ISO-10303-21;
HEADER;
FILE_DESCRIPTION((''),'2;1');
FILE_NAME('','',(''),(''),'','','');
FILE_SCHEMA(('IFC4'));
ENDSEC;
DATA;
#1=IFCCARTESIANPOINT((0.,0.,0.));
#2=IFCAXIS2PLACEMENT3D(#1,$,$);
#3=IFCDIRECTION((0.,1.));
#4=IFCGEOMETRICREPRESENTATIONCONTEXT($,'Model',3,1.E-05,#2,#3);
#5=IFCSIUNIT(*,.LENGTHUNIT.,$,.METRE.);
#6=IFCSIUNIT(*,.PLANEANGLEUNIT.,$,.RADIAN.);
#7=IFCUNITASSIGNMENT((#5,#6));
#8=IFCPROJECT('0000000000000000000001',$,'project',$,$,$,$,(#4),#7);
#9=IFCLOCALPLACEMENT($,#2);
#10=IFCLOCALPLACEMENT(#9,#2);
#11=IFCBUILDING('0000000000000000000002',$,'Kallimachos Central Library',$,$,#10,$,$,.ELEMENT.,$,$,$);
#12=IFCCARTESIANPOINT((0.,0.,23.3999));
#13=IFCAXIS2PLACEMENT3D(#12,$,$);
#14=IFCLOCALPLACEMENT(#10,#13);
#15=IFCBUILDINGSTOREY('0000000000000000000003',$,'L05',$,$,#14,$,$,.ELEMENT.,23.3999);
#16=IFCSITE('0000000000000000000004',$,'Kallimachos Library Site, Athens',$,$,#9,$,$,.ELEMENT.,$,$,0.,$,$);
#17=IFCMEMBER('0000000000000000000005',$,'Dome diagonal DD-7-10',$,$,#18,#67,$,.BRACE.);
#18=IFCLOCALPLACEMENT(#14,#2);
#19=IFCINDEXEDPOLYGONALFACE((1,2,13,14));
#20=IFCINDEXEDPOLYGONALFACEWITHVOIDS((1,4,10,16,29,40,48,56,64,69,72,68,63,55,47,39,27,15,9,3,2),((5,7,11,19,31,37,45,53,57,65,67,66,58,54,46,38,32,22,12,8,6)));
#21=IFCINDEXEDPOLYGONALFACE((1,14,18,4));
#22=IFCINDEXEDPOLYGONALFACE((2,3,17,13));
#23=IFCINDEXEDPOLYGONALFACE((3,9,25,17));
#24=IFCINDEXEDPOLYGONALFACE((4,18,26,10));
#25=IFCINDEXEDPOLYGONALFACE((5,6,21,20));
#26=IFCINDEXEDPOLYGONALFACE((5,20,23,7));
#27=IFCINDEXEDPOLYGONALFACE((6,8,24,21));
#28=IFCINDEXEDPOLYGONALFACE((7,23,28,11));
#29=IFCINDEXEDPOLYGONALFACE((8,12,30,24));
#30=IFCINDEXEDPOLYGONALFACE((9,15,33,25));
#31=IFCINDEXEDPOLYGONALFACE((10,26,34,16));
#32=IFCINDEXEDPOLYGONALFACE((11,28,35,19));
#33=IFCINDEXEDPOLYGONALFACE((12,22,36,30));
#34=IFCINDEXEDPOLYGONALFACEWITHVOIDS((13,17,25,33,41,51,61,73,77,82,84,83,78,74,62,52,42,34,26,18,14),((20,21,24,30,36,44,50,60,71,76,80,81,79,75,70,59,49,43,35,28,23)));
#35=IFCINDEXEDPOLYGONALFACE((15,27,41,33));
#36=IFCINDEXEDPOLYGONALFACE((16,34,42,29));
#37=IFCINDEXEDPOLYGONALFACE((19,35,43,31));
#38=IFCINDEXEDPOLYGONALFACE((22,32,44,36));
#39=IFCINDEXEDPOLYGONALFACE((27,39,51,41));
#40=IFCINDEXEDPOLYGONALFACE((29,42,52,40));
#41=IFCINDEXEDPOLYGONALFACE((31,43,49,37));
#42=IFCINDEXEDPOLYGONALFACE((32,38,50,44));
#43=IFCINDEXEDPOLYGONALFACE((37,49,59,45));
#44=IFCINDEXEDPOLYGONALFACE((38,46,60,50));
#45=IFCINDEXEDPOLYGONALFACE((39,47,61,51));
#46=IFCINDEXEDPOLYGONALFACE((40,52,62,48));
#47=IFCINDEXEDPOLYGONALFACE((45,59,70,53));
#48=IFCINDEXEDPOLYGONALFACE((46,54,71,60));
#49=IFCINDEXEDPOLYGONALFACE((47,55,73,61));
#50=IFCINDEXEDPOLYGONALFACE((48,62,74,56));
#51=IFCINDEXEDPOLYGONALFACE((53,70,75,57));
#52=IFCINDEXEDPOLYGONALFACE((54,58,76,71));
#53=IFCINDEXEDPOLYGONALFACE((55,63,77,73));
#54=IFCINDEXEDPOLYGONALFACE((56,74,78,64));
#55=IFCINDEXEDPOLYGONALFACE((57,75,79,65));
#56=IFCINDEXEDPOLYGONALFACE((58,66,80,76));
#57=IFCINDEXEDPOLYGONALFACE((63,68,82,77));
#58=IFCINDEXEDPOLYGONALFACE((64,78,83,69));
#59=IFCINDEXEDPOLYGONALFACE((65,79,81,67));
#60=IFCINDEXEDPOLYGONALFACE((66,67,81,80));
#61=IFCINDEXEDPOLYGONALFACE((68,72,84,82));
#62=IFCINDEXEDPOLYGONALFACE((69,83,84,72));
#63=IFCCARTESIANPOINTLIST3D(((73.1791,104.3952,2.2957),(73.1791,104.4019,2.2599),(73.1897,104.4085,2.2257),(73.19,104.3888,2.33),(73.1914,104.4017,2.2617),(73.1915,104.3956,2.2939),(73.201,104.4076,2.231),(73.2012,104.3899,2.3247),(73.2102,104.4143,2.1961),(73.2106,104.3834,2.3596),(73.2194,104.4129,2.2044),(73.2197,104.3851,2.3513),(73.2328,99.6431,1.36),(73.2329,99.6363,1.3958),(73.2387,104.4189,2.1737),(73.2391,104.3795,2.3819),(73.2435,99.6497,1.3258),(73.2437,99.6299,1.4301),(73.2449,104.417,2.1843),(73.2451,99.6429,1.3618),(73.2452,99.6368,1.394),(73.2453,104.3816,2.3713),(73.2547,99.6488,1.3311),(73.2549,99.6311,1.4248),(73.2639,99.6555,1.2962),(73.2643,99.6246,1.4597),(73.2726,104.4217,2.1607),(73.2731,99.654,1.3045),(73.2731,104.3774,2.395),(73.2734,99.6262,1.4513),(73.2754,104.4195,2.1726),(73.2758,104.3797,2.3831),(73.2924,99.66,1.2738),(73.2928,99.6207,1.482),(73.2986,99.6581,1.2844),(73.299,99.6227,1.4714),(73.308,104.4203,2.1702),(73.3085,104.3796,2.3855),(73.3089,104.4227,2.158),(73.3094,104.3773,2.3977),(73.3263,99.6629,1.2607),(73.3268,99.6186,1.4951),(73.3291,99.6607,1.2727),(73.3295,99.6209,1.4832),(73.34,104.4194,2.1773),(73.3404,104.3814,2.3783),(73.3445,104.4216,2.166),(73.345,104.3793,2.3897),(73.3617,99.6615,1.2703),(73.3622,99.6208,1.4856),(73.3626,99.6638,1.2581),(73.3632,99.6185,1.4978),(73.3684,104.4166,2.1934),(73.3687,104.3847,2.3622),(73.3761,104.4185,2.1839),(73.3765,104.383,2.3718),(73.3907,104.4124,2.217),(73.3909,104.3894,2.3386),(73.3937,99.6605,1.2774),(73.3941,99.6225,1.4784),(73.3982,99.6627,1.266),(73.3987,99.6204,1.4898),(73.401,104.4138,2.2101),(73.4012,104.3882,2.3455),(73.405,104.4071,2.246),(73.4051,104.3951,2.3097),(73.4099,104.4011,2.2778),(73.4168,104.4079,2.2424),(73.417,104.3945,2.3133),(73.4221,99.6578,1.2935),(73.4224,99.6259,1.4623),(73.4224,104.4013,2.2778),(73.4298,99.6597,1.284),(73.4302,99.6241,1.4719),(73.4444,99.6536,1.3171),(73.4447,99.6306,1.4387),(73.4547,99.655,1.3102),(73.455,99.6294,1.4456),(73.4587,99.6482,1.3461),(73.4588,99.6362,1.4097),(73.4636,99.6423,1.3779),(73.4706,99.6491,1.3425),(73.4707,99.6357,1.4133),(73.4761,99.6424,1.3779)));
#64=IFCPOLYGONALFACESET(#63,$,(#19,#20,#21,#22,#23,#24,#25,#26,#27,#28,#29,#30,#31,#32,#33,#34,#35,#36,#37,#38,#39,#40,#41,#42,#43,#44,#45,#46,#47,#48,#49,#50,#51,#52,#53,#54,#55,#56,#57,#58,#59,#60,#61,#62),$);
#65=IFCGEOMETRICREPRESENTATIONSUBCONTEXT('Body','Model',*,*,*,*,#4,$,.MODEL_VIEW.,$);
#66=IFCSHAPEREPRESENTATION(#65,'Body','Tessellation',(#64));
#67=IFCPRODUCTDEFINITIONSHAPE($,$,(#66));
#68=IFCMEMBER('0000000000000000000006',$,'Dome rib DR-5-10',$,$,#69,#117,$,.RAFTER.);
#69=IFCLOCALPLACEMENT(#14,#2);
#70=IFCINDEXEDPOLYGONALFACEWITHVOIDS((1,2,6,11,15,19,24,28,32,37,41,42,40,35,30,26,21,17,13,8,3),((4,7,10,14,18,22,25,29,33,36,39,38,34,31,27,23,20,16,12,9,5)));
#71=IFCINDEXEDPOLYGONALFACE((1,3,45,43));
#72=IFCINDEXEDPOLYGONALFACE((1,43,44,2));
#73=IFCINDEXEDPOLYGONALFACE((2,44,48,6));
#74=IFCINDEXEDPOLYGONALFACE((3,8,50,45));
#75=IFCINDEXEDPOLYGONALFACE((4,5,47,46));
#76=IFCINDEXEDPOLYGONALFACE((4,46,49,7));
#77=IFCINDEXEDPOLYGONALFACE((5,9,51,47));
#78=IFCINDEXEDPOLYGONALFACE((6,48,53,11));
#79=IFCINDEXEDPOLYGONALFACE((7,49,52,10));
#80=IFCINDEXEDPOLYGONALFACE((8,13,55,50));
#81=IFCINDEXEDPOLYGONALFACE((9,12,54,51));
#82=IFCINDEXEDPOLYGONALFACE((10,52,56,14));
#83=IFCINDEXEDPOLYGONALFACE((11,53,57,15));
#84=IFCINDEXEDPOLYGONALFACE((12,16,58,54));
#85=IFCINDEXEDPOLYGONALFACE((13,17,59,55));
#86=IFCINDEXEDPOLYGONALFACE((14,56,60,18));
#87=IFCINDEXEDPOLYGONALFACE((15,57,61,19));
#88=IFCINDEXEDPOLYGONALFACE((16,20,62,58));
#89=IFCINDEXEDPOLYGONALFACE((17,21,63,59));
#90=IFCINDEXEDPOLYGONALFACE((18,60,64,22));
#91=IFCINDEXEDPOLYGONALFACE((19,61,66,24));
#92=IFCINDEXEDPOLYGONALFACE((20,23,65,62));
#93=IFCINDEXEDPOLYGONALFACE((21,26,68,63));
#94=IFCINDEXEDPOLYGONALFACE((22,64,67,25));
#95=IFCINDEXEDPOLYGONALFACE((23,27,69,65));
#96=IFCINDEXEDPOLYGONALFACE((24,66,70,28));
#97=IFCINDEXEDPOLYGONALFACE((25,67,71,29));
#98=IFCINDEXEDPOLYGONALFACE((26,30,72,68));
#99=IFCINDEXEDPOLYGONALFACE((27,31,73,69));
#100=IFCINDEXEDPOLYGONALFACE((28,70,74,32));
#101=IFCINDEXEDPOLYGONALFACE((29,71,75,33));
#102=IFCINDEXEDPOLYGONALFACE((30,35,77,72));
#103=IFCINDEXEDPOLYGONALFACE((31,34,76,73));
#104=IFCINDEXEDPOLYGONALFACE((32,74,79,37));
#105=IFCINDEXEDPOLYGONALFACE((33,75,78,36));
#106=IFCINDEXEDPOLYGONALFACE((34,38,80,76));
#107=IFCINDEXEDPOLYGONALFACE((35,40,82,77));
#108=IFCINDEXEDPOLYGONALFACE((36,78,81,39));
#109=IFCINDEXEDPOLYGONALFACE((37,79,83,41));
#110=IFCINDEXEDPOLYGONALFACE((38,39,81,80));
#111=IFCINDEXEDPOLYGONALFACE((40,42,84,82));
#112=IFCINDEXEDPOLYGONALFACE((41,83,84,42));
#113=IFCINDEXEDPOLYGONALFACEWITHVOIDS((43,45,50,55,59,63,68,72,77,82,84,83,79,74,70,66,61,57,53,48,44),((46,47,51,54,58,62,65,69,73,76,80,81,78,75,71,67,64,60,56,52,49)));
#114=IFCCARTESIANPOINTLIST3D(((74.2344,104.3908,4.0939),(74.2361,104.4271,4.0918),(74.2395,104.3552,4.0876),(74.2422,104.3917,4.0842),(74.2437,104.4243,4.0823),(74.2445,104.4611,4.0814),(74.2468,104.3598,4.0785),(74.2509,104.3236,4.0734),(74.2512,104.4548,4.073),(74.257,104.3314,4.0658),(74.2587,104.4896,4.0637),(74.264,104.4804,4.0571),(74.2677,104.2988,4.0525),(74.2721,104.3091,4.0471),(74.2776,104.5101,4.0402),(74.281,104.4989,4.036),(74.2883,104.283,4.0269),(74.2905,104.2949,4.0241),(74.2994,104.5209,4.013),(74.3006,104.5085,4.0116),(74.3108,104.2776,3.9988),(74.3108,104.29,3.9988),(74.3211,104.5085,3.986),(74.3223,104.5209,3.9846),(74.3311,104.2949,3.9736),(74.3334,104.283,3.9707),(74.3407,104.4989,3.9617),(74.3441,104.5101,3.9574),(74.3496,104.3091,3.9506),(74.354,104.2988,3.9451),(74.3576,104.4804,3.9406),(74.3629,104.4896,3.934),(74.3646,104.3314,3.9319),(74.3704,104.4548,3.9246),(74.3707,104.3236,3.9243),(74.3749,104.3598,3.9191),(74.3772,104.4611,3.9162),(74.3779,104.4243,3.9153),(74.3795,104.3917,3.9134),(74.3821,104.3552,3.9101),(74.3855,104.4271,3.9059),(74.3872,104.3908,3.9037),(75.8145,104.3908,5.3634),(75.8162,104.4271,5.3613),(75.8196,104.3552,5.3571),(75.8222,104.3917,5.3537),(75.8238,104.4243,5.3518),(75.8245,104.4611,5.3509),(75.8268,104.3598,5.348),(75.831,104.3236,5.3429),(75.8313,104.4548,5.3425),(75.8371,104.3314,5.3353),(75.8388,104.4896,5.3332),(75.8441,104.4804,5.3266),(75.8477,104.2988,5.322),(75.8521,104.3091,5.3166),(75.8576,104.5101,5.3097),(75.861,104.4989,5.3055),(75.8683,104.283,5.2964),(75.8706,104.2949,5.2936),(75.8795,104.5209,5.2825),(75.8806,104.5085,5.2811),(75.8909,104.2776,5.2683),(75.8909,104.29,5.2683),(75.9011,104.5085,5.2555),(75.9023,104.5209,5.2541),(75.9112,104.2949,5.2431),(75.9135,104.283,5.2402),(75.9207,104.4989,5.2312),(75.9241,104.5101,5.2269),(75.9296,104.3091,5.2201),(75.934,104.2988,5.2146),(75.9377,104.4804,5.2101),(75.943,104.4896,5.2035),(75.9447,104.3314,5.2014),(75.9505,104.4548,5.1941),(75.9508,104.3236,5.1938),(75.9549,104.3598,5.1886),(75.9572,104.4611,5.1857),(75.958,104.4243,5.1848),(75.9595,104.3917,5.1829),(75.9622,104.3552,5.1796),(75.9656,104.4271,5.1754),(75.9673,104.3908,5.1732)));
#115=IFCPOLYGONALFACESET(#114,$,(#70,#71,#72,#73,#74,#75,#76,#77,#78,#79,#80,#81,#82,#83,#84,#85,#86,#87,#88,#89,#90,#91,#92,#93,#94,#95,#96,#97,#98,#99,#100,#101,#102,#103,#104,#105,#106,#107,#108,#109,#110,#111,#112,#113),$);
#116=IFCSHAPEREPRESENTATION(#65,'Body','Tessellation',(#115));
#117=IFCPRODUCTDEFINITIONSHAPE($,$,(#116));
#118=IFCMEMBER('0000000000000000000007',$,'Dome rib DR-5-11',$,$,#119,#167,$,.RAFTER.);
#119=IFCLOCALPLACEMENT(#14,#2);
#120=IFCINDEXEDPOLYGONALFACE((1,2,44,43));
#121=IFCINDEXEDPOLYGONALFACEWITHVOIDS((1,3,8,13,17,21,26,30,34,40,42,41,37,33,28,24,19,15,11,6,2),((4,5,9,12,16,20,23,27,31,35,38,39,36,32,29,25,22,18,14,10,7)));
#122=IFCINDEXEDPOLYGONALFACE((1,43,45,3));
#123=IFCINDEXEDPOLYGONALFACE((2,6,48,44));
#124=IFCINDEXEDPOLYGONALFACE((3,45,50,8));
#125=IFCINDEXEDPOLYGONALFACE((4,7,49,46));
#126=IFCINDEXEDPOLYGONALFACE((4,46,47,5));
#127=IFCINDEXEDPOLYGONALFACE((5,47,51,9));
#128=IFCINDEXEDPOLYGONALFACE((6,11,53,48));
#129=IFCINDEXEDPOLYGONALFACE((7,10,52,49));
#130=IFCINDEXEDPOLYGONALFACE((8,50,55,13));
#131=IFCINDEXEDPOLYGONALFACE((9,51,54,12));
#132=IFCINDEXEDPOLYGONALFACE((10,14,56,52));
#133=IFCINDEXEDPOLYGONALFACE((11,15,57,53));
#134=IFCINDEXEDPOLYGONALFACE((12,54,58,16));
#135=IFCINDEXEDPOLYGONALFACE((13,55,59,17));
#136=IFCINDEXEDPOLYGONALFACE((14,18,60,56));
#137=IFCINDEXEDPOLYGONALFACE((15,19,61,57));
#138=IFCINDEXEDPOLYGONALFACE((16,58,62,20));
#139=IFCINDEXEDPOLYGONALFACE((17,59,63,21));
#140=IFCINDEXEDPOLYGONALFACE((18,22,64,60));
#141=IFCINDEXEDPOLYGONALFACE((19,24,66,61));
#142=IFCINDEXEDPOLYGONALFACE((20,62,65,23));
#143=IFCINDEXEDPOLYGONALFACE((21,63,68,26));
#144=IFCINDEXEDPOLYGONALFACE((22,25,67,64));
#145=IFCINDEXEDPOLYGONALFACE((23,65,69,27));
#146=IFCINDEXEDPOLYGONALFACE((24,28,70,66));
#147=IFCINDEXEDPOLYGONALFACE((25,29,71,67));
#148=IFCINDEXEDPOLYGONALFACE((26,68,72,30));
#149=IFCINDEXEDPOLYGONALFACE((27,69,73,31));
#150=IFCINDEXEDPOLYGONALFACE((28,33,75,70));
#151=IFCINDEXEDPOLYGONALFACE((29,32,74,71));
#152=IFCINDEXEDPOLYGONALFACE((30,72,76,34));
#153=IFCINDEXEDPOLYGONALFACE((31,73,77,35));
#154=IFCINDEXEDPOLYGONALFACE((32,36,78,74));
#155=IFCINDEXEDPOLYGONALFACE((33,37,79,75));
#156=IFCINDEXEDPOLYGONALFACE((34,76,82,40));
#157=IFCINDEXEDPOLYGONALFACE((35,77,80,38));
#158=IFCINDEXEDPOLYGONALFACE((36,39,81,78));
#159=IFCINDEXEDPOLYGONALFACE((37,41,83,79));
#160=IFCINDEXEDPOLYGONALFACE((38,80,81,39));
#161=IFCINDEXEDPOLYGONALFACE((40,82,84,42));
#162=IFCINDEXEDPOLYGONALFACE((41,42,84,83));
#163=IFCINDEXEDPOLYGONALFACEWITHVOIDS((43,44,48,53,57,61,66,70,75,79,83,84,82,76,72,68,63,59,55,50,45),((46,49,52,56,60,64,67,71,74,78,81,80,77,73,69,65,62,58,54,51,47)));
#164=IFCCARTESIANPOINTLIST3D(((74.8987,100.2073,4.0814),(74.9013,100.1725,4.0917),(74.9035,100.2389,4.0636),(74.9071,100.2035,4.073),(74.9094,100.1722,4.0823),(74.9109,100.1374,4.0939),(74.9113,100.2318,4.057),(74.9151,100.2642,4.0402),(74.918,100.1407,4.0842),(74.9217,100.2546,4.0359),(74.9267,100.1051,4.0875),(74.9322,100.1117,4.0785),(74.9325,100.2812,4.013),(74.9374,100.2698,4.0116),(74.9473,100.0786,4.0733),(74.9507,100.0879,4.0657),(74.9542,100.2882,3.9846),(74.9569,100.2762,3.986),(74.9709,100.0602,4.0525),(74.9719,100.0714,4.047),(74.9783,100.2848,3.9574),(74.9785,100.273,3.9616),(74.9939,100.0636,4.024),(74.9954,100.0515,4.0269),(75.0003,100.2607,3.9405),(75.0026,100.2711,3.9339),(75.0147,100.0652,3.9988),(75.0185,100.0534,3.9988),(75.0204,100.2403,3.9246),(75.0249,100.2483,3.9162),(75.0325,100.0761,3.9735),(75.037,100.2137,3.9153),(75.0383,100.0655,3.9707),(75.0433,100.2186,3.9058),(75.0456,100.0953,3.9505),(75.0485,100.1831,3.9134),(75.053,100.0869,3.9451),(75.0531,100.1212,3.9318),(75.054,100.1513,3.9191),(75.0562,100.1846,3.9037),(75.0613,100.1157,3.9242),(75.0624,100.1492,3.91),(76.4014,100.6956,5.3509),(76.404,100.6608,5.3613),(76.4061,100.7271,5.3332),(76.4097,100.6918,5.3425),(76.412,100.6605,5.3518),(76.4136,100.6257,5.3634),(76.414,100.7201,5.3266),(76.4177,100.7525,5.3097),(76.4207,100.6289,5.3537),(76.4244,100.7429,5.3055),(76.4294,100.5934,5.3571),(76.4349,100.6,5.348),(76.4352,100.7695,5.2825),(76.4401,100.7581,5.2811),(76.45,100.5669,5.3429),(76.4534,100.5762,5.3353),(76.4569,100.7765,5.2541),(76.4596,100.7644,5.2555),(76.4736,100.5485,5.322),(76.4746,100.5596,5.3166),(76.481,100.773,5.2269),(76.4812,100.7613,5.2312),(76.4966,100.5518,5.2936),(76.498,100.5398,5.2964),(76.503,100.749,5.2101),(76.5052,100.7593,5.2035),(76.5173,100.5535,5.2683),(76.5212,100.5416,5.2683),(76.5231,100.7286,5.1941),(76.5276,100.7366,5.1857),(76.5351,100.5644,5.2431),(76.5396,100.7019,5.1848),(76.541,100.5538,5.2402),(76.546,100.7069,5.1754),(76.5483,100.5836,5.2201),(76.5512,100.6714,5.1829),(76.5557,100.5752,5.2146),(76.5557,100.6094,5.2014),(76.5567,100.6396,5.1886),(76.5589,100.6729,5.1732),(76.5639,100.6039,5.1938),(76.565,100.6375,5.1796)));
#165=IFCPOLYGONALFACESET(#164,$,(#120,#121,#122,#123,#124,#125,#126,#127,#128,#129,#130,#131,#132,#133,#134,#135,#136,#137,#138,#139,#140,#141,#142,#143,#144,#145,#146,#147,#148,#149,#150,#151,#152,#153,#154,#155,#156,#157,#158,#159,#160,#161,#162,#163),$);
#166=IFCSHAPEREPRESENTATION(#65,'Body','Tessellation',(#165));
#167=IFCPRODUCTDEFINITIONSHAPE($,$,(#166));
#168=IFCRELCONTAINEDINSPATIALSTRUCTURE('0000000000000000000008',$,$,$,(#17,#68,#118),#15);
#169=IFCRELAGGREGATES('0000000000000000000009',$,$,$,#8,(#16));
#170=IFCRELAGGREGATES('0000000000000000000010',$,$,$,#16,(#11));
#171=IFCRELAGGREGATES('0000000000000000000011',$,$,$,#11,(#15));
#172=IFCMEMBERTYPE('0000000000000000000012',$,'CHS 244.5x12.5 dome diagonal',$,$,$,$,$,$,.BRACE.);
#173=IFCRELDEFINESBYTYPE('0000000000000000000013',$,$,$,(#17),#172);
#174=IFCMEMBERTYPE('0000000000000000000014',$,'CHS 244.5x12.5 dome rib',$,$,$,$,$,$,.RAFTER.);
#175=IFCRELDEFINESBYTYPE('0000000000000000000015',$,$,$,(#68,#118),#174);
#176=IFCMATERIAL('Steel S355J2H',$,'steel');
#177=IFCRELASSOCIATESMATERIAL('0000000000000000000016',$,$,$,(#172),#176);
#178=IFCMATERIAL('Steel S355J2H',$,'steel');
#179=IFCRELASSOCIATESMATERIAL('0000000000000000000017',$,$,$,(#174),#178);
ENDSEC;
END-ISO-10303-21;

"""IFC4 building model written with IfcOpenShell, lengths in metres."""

from ifc_helpers import new_model, si_unit, direction, frame, origin, origin_2d, place, context, subcontext, project, spatial, hollow_circle, extrude, material, material_profile, profile_set, type_object, element, save


model = new_model("IFC4")

# Units and contexts
model_context = context("Model", 3, precision=1e-05, world=origin(), true_north=direction((0.0, 1.0)))
body_context = subcontext(model_context, "Body", "Model", "MODEL_VIEW")
ifc_project = project(units=[si_unit("LENGTHUNIT", "METRE"), si_unit("PLANEANGLEUNIT", "RADIAN")], contexts=[model_context])

# Site, building, storey
site_placement = place(None, origin())
site = spatial("IfcSite", under=ifc_project, at=site_placement, Name="Kallimachos Library Site, Athens", CompositionType="ELEMENT", RefElevation=0.0)
building_placement = place(site_placement, origin())
building = spatial("IfcBuilding", under=site, at=building_placement, Name="Kallimachos Central Library", CompositionType="ELEMENT")
storey_placement = place(building_placement, frame((0.0, 0.0, 23.3999)))
storey = spatial("IfcBuildingStorey", under=building, at=storey_placement, Name="L05", CompositionType="ELEMENT", Elevation=23.3999)

# Members
ifc_material_1 = material(Name="Steel S355J2H", Category="steel")
ifc_material_profile_1 = material_profile(ifc_material_1, hollow_circle(Radius=0.1223, WallThickness=0.0125, at=origin_2d()), Name="CHS 244.5x12.5")
ifc_profile_set_1 = profile_set([ifc_material_profile_1], Name="Steel S355J2H")
member_type_1 = type_object("IfcMemberType", Name="CHS 244.5x12.5 dome diagonal", PredefinedType="BRACE", material=ifc_profile_set_1)
member_1_placement = place(storey_placement, frame((73.3, 104.3999, 2.2778), z_axis=(0.011089, -0.982525, -0.185799), x_axis=(0.999936, 0.011286, 0.0)))
element("IfcMember", 1, at=member_1_placement, inside=storey, type_object=member_type_1, Name="Dome diagonal DD-7-10", PredefinedType="BRACE", context=body_context, shape_type="SweptSolid", body=[
    extrude(hollow_circle(Radius=0.1223, WallThickness=0.0125, at=origin_2d()), origin(), (0.0, 0.0, 1.0), 4.8435),
])
ifc_material_2 = material(Name="Steel S355J2H", Category="steel")
ifc_material_profile_2 = material_profile(ifc_material_2, hollow_circle(Radius=0.1223, WallThickness=0.0125, at=origin_2d()), Name="CHS 244.5x12.5")
ifc_profile_set_2 = profile_set([ifc_material_profile_2], Name="Steel S355J2H")
member_type_2 = type_object("IfcMemberType", Name="CHS 244.5x12.5 dome rib", PredefinedType="RAFTER", material=ifc_profile_set_2)
for number, where, z_axis, x_axis, name in (
    (2, (75.8909, 104.3999, 5.2683), (-0.779551, 0.0, -0.626339), (0.0, -1.0, 0.0), "Dome rib DR-5-10"),
    (3, (76.4834, 100.658, 5.2683), (-0.741383, -0.240904, -0.626351), (0.309034, -0.951051, 0.0), "Dome rib DR-5-11"),
):
    element("IfcMember", number, at=place(storey_placement, frame(where, z_axis=z_axis, x_axis=x_axis)), inside=storey, type_object=member_type_2, Name=name, PredefinedType="RAFTER", context=body_context, shape_type="SweptSolid", body=[
        extrude(hollow_circle(Radius=0.1223, WallThickness=0.0125, at=origin_2d()), origin(), (0.0, 0.0, 1.0), 2.0269),
    ])

save(model, "model.ifc")
